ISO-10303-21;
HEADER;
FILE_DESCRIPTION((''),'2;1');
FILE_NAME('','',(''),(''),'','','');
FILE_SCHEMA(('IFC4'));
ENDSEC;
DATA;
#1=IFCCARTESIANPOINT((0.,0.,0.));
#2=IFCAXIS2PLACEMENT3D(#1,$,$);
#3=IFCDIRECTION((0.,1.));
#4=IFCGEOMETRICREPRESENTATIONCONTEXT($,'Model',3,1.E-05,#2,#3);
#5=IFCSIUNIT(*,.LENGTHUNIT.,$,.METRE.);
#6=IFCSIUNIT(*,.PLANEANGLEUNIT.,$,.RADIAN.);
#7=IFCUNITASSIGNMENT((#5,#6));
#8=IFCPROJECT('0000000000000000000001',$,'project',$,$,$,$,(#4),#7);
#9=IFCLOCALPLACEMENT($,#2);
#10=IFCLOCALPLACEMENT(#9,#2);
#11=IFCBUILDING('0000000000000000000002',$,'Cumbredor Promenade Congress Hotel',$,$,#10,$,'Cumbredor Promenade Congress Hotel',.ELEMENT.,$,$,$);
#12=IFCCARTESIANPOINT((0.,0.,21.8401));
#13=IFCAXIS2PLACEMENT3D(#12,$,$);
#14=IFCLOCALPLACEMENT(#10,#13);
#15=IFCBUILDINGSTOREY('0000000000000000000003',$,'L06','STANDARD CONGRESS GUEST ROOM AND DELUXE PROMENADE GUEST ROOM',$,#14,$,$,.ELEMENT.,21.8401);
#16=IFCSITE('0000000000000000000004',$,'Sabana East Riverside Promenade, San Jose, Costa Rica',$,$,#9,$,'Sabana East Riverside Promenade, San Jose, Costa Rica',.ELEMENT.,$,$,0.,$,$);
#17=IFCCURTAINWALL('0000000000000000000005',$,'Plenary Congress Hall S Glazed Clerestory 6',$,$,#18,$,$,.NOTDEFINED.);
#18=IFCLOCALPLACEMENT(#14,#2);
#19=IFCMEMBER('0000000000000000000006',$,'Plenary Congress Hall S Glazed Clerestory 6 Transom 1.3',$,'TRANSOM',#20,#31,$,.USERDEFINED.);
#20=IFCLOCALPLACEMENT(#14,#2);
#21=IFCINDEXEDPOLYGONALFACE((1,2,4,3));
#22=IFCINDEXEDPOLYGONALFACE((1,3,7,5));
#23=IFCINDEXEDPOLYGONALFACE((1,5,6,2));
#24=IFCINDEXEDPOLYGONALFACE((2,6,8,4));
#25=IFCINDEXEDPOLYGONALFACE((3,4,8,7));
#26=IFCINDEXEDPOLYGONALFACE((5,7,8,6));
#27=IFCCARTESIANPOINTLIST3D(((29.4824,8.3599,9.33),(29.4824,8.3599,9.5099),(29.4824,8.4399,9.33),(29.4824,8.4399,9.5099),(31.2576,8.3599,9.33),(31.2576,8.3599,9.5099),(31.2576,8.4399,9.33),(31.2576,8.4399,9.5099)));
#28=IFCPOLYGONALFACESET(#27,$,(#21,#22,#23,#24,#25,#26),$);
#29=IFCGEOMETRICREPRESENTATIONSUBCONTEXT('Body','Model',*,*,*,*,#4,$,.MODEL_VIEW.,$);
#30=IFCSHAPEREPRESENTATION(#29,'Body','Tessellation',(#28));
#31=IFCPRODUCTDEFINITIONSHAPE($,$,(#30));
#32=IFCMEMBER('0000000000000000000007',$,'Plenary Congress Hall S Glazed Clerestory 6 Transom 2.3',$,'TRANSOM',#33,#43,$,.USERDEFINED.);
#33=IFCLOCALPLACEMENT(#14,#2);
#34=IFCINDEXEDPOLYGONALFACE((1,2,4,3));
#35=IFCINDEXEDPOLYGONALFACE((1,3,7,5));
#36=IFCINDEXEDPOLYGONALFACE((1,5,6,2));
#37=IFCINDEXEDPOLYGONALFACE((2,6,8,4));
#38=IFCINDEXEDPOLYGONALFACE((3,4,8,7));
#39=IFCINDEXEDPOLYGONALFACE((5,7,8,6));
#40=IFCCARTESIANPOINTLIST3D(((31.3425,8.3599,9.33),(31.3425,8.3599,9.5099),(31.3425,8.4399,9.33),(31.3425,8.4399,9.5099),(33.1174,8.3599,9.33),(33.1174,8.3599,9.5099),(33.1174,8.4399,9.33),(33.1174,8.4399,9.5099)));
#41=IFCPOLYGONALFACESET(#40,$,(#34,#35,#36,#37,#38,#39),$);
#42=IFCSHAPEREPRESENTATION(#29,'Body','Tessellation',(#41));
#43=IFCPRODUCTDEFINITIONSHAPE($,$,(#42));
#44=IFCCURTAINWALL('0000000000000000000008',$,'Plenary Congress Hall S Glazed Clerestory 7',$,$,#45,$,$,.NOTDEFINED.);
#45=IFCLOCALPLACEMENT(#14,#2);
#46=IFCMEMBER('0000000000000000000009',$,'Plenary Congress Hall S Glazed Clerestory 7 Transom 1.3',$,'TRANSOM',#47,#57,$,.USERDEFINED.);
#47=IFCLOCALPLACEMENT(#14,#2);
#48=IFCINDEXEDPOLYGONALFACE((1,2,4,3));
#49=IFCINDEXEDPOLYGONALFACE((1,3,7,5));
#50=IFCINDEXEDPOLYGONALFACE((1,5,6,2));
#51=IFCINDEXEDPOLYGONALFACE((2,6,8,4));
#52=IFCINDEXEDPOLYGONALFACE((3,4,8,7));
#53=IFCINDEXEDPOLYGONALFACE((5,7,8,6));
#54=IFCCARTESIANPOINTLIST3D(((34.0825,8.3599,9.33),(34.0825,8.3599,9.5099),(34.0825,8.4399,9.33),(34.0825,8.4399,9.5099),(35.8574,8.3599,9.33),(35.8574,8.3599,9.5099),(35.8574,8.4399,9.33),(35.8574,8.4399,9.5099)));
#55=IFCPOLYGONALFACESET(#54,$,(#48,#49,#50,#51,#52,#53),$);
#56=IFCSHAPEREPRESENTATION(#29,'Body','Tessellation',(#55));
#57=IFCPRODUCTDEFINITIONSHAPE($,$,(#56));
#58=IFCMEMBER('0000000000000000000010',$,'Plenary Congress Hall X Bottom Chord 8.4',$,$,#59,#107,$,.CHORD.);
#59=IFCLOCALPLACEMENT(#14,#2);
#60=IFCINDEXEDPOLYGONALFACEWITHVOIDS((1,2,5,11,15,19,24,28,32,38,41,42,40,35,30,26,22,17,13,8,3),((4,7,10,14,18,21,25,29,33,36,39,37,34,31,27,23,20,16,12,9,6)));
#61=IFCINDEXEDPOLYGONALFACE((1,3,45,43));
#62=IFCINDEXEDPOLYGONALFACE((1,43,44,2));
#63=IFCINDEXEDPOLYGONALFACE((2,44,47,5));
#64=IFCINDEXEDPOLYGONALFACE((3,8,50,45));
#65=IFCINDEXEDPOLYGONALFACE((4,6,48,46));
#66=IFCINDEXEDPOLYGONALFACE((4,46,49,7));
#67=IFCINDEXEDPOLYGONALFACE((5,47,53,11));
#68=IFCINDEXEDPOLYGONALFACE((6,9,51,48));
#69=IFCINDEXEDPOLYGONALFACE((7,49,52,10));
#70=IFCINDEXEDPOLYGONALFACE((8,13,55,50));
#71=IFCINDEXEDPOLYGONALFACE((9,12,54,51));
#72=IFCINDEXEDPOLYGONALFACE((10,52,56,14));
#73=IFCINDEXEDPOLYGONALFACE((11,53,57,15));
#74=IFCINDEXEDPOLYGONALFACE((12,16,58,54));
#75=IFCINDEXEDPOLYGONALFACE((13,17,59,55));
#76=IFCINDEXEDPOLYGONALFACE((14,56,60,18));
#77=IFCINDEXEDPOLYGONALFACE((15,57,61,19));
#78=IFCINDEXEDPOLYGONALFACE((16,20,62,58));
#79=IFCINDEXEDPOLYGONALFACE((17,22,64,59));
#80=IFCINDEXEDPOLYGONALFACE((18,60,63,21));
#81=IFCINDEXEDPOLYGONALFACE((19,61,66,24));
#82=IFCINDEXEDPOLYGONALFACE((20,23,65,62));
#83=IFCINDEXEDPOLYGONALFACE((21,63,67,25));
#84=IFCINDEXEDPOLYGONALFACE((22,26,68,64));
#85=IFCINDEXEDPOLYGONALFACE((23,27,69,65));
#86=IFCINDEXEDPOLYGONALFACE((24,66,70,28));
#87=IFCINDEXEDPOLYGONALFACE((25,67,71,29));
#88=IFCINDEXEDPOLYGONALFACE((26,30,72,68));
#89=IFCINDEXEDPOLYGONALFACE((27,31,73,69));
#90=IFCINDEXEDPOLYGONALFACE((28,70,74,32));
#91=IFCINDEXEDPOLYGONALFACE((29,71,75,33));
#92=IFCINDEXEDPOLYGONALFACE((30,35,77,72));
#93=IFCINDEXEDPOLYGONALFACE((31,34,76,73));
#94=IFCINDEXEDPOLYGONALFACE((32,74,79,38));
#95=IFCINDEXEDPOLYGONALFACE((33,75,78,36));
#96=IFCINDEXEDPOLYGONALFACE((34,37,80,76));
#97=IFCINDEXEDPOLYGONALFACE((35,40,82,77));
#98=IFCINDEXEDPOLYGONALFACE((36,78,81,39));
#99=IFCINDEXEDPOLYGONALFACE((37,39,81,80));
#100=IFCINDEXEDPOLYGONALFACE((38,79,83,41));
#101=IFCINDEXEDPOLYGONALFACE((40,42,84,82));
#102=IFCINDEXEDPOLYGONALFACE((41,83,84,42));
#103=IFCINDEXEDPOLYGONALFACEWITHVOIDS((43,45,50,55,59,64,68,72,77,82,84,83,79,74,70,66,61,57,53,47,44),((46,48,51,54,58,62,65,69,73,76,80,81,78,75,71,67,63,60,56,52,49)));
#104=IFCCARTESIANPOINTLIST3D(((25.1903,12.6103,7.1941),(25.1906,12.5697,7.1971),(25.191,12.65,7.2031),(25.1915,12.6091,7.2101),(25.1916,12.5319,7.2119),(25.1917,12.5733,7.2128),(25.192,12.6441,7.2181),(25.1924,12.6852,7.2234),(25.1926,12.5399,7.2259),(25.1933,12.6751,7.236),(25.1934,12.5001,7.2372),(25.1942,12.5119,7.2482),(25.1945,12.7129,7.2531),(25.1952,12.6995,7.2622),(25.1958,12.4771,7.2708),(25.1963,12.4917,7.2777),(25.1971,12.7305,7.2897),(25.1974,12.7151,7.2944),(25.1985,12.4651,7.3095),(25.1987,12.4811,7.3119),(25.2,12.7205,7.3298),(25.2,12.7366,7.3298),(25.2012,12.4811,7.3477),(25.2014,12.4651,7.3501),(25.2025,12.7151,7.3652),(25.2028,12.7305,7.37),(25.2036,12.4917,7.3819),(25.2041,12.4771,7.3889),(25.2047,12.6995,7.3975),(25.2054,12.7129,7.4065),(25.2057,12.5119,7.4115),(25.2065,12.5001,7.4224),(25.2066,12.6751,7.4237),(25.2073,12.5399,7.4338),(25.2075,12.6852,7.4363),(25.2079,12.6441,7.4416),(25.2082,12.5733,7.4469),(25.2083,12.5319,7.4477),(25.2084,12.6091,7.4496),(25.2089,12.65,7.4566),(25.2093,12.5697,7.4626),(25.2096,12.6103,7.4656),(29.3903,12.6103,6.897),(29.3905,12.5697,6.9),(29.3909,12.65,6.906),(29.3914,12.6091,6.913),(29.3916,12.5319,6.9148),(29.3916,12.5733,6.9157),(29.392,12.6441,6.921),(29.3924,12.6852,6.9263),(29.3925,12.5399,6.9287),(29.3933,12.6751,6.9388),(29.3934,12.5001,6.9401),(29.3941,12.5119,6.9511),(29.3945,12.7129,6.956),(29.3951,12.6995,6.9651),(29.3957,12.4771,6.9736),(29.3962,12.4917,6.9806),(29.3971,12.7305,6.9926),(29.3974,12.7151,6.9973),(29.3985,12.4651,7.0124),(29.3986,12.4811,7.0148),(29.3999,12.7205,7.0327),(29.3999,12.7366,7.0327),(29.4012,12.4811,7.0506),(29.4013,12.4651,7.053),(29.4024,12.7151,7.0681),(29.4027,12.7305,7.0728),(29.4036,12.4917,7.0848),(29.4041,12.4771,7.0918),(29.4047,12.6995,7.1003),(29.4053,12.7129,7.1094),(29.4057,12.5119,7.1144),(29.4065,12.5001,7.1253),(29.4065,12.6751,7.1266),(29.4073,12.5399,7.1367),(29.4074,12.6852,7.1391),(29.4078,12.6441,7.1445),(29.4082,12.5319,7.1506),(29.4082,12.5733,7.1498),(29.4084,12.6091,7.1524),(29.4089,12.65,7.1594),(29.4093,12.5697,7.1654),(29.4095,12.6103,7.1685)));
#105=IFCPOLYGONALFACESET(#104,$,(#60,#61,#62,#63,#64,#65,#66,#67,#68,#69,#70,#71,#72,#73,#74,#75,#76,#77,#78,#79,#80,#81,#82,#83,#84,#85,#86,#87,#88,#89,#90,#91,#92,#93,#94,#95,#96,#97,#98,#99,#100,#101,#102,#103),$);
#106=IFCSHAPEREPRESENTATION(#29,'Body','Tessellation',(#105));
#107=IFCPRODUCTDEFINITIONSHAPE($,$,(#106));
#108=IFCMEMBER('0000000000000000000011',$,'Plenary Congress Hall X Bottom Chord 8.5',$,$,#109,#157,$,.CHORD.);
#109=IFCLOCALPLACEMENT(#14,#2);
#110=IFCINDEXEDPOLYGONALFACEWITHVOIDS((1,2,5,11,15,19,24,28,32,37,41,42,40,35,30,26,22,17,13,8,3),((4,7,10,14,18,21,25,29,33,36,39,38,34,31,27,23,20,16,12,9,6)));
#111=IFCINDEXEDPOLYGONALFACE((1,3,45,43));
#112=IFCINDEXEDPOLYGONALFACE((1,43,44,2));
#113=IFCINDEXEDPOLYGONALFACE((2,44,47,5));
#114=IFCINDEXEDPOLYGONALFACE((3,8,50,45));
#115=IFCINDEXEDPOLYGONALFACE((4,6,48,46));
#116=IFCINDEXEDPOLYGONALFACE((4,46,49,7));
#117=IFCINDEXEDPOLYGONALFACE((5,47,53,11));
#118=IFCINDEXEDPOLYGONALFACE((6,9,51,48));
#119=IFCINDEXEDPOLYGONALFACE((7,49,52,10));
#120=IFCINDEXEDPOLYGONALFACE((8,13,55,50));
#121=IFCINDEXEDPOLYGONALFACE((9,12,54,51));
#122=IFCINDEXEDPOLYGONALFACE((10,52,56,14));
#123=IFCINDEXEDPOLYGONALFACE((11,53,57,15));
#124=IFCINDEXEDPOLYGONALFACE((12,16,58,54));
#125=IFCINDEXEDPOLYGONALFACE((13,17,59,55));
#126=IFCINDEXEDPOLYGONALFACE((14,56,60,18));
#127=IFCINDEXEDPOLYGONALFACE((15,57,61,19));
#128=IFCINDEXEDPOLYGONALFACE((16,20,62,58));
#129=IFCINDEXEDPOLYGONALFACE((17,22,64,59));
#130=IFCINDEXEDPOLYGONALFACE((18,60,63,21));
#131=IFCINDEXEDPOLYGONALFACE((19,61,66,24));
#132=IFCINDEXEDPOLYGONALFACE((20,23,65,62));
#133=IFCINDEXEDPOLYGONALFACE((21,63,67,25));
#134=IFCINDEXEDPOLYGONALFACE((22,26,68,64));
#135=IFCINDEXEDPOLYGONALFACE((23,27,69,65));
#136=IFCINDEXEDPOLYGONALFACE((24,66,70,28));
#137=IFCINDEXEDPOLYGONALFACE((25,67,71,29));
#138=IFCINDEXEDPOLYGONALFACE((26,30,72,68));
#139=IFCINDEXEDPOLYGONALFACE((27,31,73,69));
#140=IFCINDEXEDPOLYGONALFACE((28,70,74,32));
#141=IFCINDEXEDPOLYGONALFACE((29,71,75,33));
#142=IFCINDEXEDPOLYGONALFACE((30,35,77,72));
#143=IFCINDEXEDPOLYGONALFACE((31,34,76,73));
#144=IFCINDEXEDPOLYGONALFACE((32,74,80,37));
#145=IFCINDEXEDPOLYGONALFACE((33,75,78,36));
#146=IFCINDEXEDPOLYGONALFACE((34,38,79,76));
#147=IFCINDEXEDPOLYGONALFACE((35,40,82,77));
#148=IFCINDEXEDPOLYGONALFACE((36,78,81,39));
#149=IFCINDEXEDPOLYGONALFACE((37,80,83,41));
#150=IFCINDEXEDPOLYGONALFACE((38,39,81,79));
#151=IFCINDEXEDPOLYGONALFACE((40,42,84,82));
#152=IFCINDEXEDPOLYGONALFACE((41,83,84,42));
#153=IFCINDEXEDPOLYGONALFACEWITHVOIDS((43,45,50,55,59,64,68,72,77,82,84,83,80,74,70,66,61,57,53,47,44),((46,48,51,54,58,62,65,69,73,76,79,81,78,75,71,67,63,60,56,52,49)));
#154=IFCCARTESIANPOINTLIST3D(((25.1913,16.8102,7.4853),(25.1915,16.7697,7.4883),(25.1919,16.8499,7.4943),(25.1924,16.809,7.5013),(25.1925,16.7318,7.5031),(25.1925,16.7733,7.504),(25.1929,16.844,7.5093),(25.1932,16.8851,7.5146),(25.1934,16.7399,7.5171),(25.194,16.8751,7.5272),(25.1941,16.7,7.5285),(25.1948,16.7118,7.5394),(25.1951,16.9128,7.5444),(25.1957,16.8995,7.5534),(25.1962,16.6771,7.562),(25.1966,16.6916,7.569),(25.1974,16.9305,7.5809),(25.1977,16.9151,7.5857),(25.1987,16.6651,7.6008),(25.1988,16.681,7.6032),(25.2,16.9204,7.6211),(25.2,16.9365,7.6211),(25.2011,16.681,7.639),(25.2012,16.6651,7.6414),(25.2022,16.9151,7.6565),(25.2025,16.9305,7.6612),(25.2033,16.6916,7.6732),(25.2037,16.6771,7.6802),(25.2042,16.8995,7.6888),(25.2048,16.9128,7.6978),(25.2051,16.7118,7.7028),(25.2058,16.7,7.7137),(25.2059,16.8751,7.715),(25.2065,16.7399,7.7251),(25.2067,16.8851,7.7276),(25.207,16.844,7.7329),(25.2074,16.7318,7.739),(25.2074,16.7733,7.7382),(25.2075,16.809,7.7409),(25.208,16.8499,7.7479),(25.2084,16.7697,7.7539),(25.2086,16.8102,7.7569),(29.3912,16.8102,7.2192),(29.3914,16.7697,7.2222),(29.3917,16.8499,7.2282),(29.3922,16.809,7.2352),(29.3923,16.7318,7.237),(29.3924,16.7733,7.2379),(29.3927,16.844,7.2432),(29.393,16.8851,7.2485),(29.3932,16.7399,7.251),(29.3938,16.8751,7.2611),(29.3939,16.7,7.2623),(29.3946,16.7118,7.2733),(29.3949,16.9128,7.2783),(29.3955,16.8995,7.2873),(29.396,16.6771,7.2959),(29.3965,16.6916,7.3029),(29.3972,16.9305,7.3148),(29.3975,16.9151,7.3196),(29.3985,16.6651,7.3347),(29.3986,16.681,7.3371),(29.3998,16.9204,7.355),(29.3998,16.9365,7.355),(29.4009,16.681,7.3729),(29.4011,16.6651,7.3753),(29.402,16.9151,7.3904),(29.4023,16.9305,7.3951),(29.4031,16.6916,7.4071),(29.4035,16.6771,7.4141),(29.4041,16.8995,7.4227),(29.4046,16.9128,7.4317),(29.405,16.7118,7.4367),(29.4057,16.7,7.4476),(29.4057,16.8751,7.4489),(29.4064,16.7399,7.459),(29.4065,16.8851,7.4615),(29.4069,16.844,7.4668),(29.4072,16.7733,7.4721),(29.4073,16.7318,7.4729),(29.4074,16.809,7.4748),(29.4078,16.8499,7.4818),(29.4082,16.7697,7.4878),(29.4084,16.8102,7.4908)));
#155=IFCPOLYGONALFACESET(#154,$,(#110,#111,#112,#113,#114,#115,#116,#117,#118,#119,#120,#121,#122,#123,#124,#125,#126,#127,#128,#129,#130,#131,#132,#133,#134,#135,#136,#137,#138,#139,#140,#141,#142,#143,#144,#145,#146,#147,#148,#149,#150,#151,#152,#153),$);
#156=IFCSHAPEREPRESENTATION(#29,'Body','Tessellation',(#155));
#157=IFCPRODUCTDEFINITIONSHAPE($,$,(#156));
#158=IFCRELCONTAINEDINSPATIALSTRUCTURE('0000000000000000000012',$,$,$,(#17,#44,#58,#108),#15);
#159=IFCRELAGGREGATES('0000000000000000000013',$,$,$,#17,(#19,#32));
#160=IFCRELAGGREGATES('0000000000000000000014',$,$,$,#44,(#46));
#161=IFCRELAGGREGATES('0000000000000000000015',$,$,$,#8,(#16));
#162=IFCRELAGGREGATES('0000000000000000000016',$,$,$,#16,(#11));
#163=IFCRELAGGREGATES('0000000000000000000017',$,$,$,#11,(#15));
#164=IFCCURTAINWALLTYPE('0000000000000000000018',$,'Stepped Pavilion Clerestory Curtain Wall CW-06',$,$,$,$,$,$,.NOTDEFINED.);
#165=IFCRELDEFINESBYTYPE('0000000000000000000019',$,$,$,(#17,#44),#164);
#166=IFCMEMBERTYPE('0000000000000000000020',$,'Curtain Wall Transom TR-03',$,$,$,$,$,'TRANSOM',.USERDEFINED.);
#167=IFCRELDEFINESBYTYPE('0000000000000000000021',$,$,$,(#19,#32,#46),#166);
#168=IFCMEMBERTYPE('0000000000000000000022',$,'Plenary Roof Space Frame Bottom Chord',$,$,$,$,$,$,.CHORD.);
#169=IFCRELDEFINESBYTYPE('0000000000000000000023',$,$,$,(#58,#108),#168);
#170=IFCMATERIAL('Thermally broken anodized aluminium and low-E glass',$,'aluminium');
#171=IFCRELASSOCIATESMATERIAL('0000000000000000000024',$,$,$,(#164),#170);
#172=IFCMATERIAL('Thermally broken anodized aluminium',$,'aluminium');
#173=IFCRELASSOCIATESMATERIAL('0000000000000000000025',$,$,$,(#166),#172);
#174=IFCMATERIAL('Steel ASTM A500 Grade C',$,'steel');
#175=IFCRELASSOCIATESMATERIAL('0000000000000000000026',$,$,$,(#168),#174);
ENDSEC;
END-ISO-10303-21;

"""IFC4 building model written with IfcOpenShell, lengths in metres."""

from ifc_helpers import new_model, si_unit, direction, frame, origin, origin_2d, place, context, subcontext, project, spatial, rectangle, hollow_circle, extrude, material, material_profile, profile_set, type_object, element, aggregate, save


model = new_model("IFC4")

# Units and contexts
model_context = context("Model", 3, precision=1e-05, world=origin(), true_north=direction((0.0, 1.0)))
body_context = subcontext(model_context, "Body", "Model", "MODEL_VIEW")
ifc_project = project(units=[si_unit("LENGTHUNIT", "METRE"), si_unit("PLANEANGLEUNIT", "RADIAN")], contexts=[model_context])

# Site, building, storey
site_placement = place(None, origin())
site = spatial("IfcSite", under=ifc_project, at=site_placement, Name="Sabana East Riverside Promenade, San Jose, Costa Rica", LongName="Sabana East Riverside Promenade, San Jose, Costa Rica", CompositionType="ELEMENT", RefElevation=0.0)
building_placement = place(site_placement, origin())
building = spatial("IfcBuilding", under=site, at=building_placement, Name="Cumbredor Promenade Congress Hotel", LongName="Cumbredor Promenade Congress Hotel", CompositionType="ELEMENT")
storey_placement = place(building_placement, frame((0.0, 0.0, 21.8401)))
storey = spatial("IfcBuildingStorey", under=building, at=storey_placement, Name="L06", Description="STANDARD CONGRESS GUEST ROOM AND DELUXE PROMENADE GUEST ROOM", CompositionType="ELEMENT", Elevation=21.8401)

# Curtain wall, members
ifc_material_1 = material(Name="Thermally broken anodized aluminium and low-E glass", Category="aluminium")
curtain_wall_type = type_object("IfcCurtainWallType", Name="Stepped Pavilion Clerestory Curtain Wall CW-06", PredefinedType="NOTDEFINED", material=ifc_material_1)
curtain_wall_1_placement = place(storey_placement, origin())
curtain_wall_1 = element("IfcCurtainWall", 1, at=curtain_wall_1_placement, inside=storey, type_object=curtain_wall_type, Name="Plenary Congress Hall S Glazed Clerestory 6", PredefinedType="NOTDEFINED")
ifc_material_2 = material(Name="Thermally broken anodized aluminium", Category="aluminium")
ifc_material_profile_1 = material_profile(ifc_material_2, rectangle(XDim=0.0801, YDim=0.1799, at=origin_2d()), Name="ALU TRANSOM 80x180")
ifc_profile_set_1 = profile_set([ifc_material_profile_1], Name="Thermally broken anodized aluminium")
member_type_1 = type_object("IfcMemberType", Name="Curtain Wall Transom TR-03", ElementType="TRANSOM", PredefinedType="USERDEFINED", material=ifc_profile_set_1)
member_1_placement = place(storey_placement, frame((29.4824, 8.3999, 9.4199), z_axis=(1.0, 0.0, 0.0), x_axis=(0.0, 1.0, 0.0)))
member_1 = element("IfcMember", 2, at=member_1_placement, type_object=member_type_1, Name="Plenary Congress Hall S Glazed Clerestory 6 Transom 1.3", ObjectType="TRANSOM", PredefinedType="USERDEFINED", context=body_context, shape_type="SweptSolid", body=[
    extrude(rectangle(XDim=0.0801, YDim=0.1799, at=origin_2d()), origin(), (0.0, 0.0, 1.0), 1.7751),
])
member_2_placement = place(storey_placement, frame((31.3425, 8.3999, 9.4199), z_axis=(1.0, 0.0, 0.0), x_axis=(0.0, 1.0, 0.0)))
member_2 = element("IfcMember", 3, at=member_2_placement, type_object=member_type_1, Name="Plenary Congress Hall S Glazed Clerestory 6 Transom 2.3", ObjectType="TRANSOM", PredefinedType="USERDEFINED", context=body_context, shape_type="SweptSolid", body=[
    extrude(rectangle(XDim=0.0801, YDim=0.1799, at=origin_2d()), origin(), (0.0, 0.0, 1.0), 1.7749),
])
aggregate(curtain_wall_1, [member_1, member_2])

# Curtain wall, member
curtain_wall_2_placement = place(storey_placement, origin())
curtain_wall_2 = element("IfcCurtainWall", 4, at=curtain_wall_2_placement, inside=storey, type_object=curtain_wall_type, Name="Plenary Congress Hall S Glazed Clerestory 7", PredefinedType="NOTDEFINED")
member_3_placement = place(storey_placement, frame((34.0825, 8.3999, 9.4199), z_axis=(1.0, 0.0, 0.0), x_axis=(0.0, 1.0, 0.0)))
member_3 = element("IfcMember", 5, at=member_3_placement, type_object=member_type_1, Name="Plenary Congress Hall S Glazed Clerestory 7 Transom 1.3", ObjectType="TRANSOM", PredefinedType="USERDEFINED", context=body_context, shape_type="SweptSolid", body=[
    extrude(rectangle(XDim=0.0801, YDim=0.1799, at=origin_2d()), origin(), (0.0, 0.0, 1.0), 1.7749),
])
aggregate(curtain_wall_2, [member_3])

# Members
ifc_material_3 = material(Name="Steel ASTM A500 Grade C", Category="steel")
ifc_material_profile_2 = material_profile(ifc_material_3, hollow_circle(Radius=0.1365, WallThickness=0.0161, at=origin_2d()), Name="CHS 273.0x16")
ifc_profile_set_2 = profile_set([ifc_material_profile_2], Name="Steel ASTM A500 Grade C")
member_type_2 = type_object("IfcMemberType", Name="Plenary Roof Space Frame Bottom Chord", PredefinedType="CHORD", material=ifc_profile_set_2)
member_4_placement = place(storey_placement, frame((25.2, 12.6001, 7.3298), z_axis=(0.997507, 0.0, -0.070567), x_axis=(0.0, 1.0, 0.0)))
element("IfcMember", 6, at=member_4_placement, inside=storey, type_object=member_type_2, Name="Plenary Congress Hall X Bottom Chord 8.4", PredefinedType="CHORD", context=body_context, shape_type="SweptSolid", body=[
    extrude(hollow_circle(Radius=0.1365, WallThickness=0.0161, at=origin_2d()), origin(), (0.0, 0.0, 1.0), 4.2104),
])
member_5_placement = place(storey_placement, frame((25.2, 16.8, 7.6211), z_axis=(0.997999, 0.0, -0.063234), x_axis=(0.0, 1.0, 0.0)))
element("IfcMember", 7, at=member_5_placement, inside=storey, type_object=member_type_2, Name="Plenary Congress Hall X Bottom Chord 8.5", PredefinedType="CHORD", context=body_context, shape_type="SweptSolid", body=[
    extrude(hollow_circle(Radius=0.1365, WallThickness=0.0161, at=origin_2d()), origin(), (0.0, 0.0, 1.0), 4.2083),
])

save(model, "model.ifc")
